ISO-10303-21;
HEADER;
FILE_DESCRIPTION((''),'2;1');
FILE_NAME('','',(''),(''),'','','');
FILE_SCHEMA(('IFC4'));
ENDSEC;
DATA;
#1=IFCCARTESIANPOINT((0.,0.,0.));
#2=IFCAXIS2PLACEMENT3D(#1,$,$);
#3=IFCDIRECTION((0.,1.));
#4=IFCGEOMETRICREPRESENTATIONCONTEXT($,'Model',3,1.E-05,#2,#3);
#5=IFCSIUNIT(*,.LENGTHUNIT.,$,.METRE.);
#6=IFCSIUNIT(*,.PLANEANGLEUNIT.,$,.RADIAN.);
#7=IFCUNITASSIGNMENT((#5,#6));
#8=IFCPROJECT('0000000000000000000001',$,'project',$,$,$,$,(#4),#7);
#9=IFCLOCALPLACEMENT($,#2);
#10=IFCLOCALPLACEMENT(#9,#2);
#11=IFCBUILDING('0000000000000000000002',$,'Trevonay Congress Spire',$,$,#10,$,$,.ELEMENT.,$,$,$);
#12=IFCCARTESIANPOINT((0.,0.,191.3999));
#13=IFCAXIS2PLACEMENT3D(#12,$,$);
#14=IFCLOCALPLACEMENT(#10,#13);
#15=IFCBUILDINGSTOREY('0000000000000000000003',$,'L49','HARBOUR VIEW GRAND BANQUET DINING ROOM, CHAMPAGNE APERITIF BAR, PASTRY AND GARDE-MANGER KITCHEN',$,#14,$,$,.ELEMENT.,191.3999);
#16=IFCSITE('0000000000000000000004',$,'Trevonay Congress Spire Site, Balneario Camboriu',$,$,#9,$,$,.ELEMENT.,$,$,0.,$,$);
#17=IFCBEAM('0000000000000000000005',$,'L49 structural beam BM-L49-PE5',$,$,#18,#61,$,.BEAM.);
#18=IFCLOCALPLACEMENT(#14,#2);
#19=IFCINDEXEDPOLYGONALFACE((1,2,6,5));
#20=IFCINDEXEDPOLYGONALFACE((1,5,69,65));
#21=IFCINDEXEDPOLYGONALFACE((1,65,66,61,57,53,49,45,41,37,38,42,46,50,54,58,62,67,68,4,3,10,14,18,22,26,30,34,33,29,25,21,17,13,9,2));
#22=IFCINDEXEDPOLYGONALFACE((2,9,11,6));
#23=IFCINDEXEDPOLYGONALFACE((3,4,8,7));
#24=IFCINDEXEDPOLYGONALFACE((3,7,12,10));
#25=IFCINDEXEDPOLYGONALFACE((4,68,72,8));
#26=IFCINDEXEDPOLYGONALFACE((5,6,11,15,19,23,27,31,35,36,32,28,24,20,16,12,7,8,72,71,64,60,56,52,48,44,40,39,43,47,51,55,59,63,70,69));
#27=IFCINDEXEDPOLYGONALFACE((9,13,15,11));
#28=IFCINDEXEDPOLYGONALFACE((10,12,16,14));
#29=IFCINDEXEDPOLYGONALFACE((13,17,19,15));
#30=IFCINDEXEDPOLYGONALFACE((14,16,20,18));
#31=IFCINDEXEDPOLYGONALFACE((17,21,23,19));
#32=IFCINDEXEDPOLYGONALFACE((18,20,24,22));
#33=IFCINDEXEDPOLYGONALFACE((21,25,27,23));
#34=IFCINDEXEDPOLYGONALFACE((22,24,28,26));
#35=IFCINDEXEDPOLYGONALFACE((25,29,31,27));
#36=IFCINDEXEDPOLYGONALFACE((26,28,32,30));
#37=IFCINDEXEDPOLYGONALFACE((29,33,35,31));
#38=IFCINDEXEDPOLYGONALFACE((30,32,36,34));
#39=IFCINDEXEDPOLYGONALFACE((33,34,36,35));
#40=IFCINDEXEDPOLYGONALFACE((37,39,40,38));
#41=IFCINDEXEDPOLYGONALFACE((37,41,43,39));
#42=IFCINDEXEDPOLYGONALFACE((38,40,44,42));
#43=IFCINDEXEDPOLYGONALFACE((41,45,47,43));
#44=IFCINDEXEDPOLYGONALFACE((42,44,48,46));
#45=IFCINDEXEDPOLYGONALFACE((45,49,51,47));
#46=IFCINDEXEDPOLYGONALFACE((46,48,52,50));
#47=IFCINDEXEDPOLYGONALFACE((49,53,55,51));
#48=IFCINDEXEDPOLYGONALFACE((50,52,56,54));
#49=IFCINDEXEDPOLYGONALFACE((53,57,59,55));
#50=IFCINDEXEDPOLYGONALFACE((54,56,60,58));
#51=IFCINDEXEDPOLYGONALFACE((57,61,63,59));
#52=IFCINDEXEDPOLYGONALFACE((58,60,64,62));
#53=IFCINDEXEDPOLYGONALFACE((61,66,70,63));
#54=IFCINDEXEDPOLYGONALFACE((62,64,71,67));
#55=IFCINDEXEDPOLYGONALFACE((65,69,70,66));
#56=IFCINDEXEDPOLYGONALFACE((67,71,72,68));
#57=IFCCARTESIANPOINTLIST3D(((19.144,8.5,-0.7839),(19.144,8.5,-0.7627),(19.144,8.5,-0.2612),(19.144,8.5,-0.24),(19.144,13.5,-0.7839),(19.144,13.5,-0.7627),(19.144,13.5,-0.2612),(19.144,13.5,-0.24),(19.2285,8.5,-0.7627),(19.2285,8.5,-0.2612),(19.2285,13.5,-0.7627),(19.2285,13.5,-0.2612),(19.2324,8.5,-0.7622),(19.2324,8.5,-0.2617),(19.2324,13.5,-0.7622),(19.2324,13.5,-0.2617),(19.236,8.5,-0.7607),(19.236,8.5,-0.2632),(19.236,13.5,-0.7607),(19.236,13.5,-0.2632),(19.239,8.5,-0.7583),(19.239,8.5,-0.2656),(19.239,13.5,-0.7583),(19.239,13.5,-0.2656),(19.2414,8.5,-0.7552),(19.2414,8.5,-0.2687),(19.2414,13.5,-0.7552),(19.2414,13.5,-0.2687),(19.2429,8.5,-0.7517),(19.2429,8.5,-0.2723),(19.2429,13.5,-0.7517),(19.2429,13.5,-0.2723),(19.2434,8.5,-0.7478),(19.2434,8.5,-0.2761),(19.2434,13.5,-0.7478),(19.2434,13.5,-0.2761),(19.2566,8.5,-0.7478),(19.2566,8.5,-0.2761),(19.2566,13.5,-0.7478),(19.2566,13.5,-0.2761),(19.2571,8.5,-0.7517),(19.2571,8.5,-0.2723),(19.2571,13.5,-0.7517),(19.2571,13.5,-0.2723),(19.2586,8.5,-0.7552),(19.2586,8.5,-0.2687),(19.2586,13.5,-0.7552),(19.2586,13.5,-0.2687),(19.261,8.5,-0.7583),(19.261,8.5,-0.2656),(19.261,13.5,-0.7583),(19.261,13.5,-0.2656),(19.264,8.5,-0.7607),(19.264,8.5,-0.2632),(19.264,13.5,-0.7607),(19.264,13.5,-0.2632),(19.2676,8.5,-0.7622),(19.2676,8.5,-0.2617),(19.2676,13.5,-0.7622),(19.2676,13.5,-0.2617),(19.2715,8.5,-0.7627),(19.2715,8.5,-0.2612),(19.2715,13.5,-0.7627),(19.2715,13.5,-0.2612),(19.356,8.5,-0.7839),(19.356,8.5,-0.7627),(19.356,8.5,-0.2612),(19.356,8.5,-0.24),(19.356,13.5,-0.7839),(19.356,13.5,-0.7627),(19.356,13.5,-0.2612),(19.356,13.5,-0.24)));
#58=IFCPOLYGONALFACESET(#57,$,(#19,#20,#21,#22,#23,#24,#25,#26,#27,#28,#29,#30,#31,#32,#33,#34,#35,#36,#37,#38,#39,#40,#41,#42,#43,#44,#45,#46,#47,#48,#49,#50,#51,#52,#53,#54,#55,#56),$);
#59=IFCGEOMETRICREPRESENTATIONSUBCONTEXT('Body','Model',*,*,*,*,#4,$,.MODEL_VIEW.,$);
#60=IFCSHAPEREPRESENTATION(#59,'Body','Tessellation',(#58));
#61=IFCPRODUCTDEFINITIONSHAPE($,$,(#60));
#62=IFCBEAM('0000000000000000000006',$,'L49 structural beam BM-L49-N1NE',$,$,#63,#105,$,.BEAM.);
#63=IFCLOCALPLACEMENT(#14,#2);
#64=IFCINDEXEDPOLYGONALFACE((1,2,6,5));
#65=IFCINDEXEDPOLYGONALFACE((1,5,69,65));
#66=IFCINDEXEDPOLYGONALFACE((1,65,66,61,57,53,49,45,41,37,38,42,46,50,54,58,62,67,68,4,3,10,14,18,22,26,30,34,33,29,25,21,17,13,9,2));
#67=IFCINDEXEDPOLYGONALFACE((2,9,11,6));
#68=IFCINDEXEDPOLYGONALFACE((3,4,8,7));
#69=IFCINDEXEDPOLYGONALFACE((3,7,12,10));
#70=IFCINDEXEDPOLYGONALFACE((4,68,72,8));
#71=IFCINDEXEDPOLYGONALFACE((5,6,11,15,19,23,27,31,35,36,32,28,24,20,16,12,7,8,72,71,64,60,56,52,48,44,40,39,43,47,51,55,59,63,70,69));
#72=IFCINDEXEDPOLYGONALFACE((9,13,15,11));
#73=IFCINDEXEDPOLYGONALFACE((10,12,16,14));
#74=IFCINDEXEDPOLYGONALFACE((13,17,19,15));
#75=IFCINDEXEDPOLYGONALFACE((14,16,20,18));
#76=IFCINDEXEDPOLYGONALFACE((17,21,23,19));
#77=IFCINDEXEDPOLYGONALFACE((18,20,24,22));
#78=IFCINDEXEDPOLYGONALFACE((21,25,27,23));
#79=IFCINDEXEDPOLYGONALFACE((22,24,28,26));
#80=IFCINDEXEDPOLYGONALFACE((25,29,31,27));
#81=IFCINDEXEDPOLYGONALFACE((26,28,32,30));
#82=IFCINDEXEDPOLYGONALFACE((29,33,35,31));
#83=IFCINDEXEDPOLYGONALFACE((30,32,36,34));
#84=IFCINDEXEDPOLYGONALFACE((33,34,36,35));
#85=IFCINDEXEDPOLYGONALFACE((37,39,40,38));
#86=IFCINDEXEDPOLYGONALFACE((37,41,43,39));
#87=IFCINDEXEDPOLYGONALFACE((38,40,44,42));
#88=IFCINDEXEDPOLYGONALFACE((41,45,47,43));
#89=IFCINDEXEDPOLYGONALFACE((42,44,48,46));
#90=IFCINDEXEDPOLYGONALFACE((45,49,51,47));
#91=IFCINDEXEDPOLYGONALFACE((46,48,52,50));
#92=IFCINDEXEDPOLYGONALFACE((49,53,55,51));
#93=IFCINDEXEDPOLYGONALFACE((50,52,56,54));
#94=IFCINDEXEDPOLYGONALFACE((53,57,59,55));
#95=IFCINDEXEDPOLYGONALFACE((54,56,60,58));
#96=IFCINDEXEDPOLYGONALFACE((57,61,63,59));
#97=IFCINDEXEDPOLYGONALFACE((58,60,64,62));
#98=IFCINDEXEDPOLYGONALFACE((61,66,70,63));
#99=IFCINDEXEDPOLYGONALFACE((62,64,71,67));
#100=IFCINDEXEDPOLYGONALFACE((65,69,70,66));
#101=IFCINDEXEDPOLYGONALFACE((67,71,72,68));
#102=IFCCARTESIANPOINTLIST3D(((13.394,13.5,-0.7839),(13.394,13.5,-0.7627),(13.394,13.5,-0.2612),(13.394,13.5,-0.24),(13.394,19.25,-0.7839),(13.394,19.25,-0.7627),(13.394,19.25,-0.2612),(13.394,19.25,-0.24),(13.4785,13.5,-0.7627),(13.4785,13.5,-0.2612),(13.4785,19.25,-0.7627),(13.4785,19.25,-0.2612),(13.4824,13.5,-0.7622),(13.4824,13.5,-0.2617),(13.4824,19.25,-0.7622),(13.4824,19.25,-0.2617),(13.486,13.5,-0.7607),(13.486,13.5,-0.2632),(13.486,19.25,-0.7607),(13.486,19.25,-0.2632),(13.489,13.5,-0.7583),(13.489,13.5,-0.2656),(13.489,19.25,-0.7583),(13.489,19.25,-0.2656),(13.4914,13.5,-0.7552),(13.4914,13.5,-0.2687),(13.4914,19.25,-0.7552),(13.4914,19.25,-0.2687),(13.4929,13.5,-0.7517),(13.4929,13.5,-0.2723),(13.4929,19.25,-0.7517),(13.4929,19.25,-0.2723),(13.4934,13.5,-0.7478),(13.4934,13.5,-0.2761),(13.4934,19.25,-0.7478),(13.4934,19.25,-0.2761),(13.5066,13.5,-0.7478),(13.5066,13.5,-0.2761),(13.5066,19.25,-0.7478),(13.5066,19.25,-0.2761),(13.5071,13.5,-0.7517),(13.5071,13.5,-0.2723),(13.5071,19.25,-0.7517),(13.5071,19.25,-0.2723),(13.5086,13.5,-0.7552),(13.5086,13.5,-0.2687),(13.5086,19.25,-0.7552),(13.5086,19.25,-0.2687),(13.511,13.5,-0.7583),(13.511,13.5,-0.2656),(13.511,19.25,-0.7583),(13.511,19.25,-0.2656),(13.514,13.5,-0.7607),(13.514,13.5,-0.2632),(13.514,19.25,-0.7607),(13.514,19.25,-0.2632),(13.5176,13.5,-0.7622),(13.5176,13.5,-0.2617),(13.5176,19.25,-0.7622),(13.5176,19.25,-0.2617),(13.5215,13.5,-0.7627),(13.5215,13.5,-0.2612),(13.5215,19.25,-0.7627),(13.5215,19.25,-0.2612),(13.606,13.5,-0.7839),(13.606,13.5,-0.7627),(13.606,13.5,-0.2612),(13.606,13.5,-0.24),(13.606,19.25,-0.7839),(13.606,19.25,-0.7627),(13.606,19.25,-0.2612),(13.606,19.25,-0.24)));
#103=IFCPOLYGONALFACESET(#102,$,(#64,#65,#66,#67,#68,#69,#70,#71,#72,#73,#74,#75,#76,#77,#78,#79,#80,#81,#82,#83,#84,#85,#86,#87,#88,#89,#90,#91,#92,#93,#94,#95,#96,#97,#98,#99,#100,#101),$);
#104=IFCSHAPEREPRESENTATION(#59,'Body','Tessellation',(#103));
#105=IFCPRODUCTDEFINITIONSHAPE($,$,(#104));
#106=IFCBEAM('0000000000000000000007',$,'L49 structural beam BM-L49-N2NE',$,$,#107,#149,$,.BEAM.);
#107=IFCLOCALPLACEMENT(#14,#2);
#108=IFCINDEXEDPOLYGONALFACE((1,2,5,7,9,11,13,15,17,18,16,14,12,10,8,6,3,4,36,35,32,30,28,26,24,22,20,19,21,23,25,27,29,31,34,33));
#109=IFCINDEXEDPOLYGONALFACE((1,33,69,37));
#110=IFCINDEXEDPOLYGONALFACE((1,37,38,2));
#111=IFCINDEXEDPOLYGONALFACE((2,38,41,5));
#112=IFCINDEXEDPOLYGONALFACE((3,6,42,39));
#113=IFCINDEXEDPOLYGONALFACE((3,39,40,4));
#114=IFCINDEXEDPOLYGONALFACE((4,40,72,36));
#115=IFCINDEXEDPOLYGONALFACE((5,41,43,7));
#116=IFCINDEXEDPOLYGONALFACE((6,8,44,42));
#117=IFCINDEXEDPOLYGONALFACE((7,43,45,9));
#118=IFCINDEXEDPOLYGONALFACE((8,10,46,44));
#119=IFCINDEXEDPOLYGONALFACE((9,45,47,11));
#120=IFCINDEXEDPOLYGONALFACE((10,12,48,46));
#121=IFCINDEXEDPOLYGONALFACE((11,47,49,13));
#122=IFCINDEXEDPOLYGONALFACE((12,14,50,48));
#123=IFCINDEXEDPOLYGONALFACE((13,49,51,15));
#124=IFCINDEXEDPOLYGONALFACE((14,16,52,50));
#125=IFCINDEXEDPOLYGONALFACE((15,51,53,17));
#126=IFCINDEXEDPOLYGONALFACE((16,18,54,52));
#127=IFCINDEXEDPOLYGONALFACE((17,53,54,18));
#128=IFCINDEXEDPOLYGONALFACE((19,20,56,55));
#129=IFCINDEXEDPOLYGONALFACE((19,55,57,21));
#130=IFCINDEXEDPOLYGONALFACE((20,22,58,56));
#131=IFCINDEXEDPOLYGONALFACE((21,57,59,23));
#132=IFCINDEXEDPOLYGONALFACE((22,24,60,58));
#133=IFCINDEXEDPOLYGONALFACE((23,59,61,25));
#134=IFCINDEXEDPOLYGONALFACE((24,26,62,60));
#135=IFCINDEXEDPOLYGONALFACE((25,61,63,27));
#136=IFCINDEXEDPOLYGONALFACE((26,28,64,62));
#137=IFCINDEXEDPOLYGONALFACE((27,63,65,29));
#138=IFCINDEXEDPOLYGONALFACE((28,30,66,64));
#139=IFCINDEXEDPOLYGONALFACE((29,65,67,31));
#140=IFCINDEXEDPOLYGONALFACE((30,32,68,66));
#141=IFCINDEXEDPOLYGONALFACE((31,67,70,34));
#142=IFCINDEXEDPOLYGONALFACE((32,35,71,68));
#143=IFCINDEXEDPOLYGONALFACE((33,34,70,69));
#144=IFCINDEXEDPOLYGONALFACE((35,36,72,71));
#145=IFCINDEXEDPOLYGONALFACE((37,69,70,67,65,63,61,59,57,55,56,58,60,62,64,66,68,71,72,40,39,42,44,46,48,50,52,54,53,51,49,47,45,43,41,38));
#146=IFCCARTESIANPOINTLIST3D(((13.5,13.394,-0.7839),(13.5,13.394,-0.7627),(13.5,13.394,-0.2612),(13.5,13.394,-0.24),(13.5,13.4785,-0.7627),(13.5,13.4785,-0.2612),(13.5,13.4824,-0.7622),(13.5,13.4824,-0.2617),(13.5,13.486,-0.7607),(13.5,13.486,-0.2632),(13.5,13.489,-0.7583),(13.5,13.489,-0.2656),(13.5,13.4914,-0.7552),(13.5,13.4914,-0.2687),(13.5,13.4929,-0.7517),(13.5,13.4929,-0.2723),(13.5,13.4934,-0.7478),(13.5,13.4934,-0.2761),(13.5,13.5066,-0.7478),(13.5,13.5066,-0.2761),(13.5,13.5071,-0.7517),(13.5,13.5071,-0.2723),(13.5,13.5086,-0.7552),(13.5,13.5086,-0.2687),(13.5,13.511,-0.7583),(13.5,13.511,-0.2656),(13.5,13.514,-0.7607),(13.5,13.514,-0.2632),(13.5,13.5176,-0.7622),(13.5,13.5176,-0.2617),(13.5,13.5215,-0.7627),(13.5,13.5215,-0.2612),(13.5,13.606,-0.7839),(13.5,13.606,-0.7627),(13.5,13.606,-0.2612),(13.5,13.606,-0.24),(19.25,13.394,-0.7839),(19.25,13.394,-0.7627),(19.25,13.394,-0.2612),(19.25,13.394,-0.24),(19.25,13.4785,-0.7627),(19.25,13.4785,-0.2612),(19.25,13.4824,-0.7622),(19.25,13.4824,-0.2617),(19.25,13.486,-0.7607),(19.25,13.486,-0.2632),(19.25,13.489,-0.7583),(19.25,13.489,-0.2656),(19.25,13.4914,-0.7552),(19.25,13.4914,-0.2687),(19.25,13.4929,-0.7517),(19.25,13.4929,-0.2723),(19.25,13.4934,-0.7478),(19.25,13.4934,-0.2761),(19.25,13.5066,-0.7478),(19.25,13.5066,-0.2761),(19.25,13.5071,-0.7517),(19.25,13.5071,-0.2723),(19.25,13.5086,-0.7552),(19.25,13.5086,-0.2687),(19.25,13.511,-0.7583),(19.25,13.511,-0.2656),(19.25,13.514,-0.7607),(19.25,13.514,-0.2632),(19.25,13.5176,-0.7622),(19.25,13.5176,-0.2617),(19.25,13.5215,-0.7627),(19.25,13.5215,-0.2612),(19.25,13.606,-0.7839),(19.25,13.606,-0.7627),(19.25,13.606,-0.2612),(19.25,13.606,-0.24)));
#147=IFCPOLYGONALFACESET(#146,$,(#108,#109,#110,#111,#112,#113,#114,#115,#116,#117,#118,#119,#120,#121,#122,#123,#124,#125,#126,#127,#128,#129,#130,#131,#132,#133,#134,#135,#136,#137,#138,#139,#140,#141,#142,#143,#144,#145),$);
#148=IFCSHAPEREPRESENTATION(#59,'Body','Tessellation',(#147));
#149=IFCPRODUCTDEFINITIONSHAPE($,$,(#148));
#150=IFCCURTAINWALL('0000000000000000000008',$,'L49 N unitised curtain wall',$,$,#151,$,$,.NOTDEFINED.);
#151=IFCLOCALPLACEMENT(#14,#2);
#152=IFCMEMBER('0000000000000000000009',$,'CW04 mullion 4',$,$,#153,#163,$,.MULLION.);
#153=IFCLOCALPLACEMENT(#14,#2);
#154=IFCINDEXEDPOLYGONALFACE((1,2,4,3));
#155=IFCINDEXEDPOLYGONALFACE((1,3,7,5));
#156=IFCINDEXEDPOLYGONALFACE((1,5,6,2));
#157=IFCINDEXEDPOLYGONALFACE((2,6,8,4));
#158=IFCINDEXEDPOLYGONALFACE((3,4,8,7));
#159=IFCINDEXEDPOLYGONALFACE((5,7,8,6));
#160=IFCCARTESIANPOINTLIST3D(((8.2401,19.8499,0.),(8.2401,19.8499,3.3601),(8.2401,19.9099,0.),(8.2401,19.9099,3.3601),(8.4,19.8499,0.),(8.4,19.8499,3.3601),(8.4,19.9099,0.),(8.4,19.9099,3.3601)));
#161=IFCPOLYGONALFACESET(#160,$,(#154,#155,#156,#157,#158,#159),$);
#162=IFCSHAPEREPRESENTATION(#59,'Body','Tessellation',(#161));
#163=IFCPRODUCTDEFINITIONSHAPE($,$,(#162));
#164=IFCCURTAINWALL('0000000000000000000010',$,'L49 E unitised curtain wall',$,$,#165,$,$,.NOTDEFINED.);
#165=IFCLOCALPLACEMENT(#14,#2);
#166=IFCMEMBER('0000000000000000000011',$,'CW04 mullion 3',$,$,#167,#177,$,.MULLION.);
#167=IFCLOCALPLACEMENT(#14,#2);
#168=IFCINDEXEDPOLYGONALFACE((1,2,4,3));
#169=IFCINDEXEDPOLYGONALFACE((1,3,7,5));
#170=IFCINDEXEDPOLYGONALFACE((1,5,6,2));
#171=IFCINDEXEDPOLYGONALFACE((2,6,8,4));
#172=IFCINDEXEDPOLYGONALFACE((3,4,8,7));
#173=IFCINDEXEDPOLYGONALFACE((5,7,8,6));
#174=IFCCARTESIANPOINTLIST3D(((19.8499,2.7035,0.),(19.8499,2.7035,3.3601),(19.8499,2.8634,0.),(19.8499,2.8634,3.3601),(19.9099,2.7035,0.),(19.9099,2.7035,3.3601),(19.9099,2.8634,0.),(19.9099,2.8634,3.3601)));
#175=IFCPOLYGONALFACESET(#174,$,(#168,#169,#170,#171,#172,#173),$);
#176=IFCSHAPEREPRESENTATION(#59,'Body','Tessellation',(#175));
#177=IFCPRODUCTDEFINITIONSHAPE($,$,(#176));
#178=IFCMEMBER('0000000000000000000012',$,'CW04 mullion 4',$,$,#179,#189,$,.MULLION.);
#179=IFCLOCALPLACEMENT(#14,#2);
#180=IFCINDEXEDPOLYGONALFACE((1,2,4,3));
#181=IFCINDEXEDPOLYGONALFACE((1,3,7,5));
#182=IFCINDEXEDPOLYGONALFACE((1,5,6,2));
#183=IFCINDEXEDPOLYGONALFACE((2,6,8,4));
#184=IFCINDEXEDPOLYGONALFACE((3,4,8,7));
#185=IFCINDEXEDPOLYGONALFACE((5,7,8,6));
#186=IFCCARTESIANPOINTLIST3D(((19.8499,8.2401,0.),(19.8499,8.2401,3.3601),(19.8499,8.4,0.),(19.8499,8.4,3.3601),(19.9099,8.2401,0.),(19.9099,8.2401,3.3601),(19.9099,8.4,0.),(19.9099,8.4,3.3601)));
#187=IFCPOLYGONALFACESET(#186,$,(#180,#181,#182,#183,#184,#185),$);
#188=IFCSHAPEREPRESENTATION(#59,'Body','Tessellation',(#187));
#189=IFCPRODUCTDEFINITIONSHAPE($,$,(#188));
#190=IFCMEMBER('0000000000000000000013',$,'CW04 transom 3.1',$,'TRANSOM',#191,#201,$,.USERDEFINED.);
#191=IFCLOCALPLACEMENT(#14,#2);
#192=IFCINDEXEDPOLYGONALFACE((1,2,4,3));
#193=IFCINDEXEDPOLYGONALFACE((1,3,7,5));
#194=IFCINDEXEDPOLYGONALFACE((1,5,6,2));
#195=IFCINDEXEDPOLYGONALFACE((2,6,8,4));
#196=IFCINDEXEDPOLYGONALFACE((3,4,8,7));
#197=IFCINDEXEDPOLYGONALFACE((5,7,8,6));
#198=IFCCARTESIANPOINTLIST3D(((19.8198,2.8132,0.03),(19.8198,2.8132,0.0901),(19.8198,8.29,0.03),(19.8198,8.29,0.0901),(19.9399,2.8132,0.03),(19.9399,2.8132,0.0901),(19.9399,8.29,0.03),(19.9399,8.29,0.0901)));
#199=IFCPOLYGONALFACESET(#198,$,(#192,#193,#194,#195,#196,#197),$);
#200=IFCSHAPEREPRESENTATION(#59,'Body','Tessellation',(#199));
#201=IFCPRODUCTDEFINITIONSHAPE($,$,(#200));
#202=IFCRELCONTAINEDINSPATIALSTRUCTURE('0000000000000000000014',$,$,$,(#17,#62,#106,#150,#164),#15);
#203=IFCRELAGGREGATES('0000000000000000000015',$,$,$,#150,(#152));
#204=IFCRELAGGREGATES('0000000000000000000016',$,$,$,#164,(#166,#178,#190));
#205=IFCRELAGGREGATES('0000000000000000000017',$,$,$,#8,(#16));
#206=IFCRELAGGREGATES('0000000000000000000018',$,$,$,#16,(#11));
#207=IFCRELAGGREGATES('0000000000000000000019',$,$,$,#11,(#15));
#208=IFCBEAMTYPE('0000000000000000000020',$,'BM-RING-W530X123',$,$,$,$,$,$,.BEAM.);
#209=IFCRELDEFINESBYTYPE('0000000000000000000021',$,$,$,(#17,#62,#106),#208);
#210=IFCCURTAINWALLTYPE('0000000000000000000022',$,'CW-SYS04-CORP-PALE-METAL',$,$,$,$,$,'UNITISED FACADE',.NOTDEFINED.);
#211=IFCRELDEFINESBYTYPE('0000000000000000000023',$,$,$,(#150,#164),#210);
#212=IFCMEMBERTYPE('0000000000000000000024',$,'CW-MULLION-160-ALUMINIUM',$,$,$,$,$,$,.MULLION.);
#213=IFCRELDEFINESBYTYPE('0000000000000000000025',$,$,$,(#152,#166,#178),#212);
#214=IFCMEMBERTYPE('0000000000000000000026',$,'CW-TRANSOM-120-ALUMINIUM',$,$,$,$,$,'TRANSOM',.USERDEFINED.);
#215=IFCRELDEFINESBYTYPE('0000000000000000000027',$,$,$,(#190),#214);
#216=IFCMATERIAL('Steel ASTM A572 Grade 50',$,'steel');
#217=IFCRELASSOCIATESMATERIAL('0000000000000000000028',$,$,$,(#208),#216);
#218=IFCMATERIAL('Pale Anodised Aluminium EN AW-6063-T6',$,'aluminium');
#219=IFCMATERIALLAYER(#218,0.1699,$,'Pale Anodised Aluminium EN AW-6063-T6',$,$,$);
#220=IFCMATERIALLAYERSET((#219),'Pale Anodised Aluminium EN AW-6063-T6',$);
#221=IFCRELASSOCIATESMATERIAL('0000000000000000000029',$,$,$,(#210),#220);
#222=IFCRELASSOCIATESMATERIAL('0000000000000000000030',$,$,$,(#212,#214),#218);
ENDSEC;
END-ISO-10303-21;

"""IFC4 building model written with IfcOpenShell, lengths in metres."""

from ifc_helpers import new_model, si_unit, direction, frame, origin, origin_2d, place, context, subcontext, project, spatial, rectangle, i_section, extrude, material, layer, layer_set, material_profile, profile_set, type_object, element, aggregate, save


model = new_model("IFC4")

# Units and contexts
model_context = context("Model", 3, precision=1e-05, world=origin(), true_north=direction((0.0, 1.0)))
body_context = subcontext(model_context, "Body", "Model", "MODEL_VIEW")
ifc_project = project(units=[si_unit("LENGTHUNIT", "METRE"), si_unit("PLANEANGLEUNIT", "RADIAN")], contexts=[model_context])

# Site, building, storey
site_placement = place(None, origin())
site = spatial("IfcSite", under=ifc_project, at=site_placement, Name="Trevonay Congress Spire Site, Balneario Camboriu", CompositionType="ELEMENT", RefElevation=0.0)
building_placement = place(site_placement, origin())
building = spatial("IfcBuilding", under=site, at=building_placement, Name="Trevonay Congress Spire", CompositionType="ELEMENT")
storey_placement = place(building_placement, frame((0.0, 0.0, 191.3999)))
storey = spatial("IfcBuildingStorey", under=building, at=storey_placement, Name="L49", Description="HARBOUR VIEW GRAND BANQUET DINING ROOM, CHAMPAGNE APERITIF BAR, PASTRY AND GARDE-MANGER KITCHEN", CompositionType="ELEMENT", Elevation=191.3999)

# Shared definitions
ifc_material_1 = material(Name="Steel ASTM A572 Grade 50", Category="steel")

# Beams
ifc_material_profile_1 = material_profile(ifc_material_1, i_section(OverallWidth=0.2119, OverallDepth=0.5439, WebThickness=0.0132, FlangeThickness=0.0212, FilletRadius=0.0149, at=origin_2d()), Name="W530x123")
ifc_profile_set_1 = profile_set([ifc_material_profile_1], Name="Steel ASTM A572 Grade 50")
beam_type_1 = type_object("IfcBeamType", Name="BM-RING-W530X123", PredefinedType="BEAM", material=ifc_profile_set_1)
for number, where, z_axis, x_axis, name in (
    (1, (19.25, 8.5, -0.512), (0.0, 1.0, 0.0), (-1.0, 0.0, 0.0), "L49 structural beam BM-L49-PE5"),
):
    element("IfcBeam", number, at=place(storey_placement, frame(where, z_axis=z_axis, x_axis=x_axis)), inside=storey, type_object=beam_type_1, Name=name, PredefinedType="BEAM", context=body_context, shape_type="SweptSolid", body=[
        extrude(i_section(OverallWidth=0.2119, OverallDepth=0.5439, WebThickness=0.0132, FlangeThickness=0.0212, FilletRadius=0.0149, at=origin_2d()), origin(), (0.0, 0.0, 1.0), 5.0),
    ])
for number, where, z_axis, x_axis, name in (
    (2, (13.5, 19.25, -0.512), (0.0, -1.0, 0.0), (1.0, 0.0, 0.0), "L49 structural beam BM-L49-N1NE"),
    (3, (19.25, 13.5, -0.512), (-1.0, 0.0, 0.0), (0.0, -1.0, 0.0), "L49 structural beam BM-L49-N2NE"),
):
    element("IfcBeam", number, at=place(storey_placement, frame(where, z_axis=z_axis, x_axis=x_axis)), inside=storey, type_object=beam_type_1, Name=name, PredefinedType="BEAM", context=body_context, shape_type="SweptSolid", body=[
        extrude(i_section(OverallWidth=0.2119, OverallDepth=0.5439, WebThickness=0.0132, FlangeThickness=0.0212, FilletRadius=0.0149, at=origin_2d()), origin(), (0.0, 0.0, 1.0), 5.75),
    ])

# Curtain wall, member
ifc_material_2 = material(Name="Pale Anodised Aluminium EN AW-6063-T6", Category="aluminium")
ifc_layer_1 = layer(ifc_material_2, 0.1699, Name="Pale Anodised Aluminium EN AW-6063-T6")
ifc_layer_set_1 = layer_set([ifc_layer_1], Name="Pale Anodised Aluminium EN AW-6063-T6")
curtain_wall_type = type_object("IfcCurtainWallType", Name="CW-SYS04-CORP-PALE-METAL", ElementType="UNITISED FACADE", PredefinedType="NOTDEFINED", material=ifc_layer_set_1)
curtain_wall_1_placement = place(storey_placement, origin())
curtain_wall_1 = element("IfcCurtainWall", 4, at=curtain_wall_1_placement, inside=storey, type_object=curtain_wall_type, Name="L49 N unitised curtain wall", PredefinedType="NOTDEFINED")
ifc_material_profile_2 = material_profile(ifc_material_2, rectangle(XDim=0.0601, YDim=0.1599, at=origin_2d()), Name="CW-MULLION-160-ALUMINIUM")
ifc_profile_set_2 = profile_set([ifc_material_profile_2], Name="Pale Anodised Aluminium EN AW-6063-T6")
member_type_1 = type_object("IfcMemberType", Name="CW-MULLION-160-ALUMINIUM", PredefinedType="MULLION", material=ifc_profile_set_2)
member_1_placement = place(storey_placement, frame((8.3201, 19.8799, 0.0), z_axis=(0.0, 0.0, 1.0), x_axis=(0.0, 1.0, 0.0)))
member_1 = element("IfcMember", 5, at=member_1_placement, type_object=member_type_1, Name="CW04 mullion 4", PredefinedType="MULLION", context=body_context, shape_type="SweptSolid", body=[
    extrude(rectangle(XDim=0.0601, YDim=0.1599, at=origin_2d()), origin(), (0.0, 0.0, 1.0), 3.3601),
])

# Curtain wall, members
curtain_wall_2_placement = place(storey_placement, origin())
curtain_wall_2 = element("IfcCurtainWall", 6, at=curtain_wall_2_placement, inside=storey, type_object=curtain_wall_type, Name="L49 E unitised curtain wall", PredefinedType="NOTDEFINED")
member_2_placement = place(storey_placement, frame((19.8799, 2.7834, 0.0), z_axis=(0.0, 0.0, 1.0), x_axis=(-1.0, 0.0, 0.0)))
member_2 = element("IfcMember", 7, at=member_2_placement, type_object=member_type_1, Name="CW04 mullion 3", PredefinedType="MULLION", context=body_context, shape_type="SweptSolid", body=[
    extrude(rectangle(XDim=0.0601, YDim=0.1599, at=origin_2d()), origin(), (0.0, 0.0, 1.0), 3.3601),
])
member_3_placement = place(storey_placement, frame((19.8799, 8.3201, 0.0), z_axis=(0.0, 0.0, 1.0), x_axis=(-1.0, 0.0, 0.0)))
member_3 = element("IfcMember", 8, at=member_3_placement, type_object=member_type_1, Name="CW04 mullion 4", PredefinedType="MULLION", context=body_context, shape_type="SweptSolid", body=[
    extrude(rectangle(XDim=0.0601, YDim=0.1599, at=origin_2d()), origin(), (0.0, 0.0, 1.0), 3.3601),
])
ifc_material_profile_3 = material_profile(ifc_material_2, rectangle(XDim=0.1201, YDim=0.0601, at=origin_2d()), Name="CW-TRANSOM-120-ALUMINIUM")
ifc_profile_set_3 = profile_set([ifc_material_profile_3], Name="Pale Anodised Aluminium EN AW-6063-T6")
member_type_2 = type_object("IfcMemberType", Name="CW-TRANSOM-120-ALUMINIUM", ElementType="TRANSOM", PredefinedType="USERDEFINED", material=ifc_profile_set_3)
member_4_placement = place(storey_placement, frame((19.8799, 2.8132, 0.0601), z_axis=(0.0, 1.0, 0.0), x_axis=(-1.0, 0.0, 0.0)))
member_4 = element("IfcMember", 9, at=member_4_placement, type_object=member_type_2, Name="CW04 transom 3.1", ObjectType="TRANSOM", PredefinedType="USERDEFINED", context=body_context, shape_type="SweptSolid", body=[
    extrude(rectangle(XDim=0.1201, YDim=0.0601, at=origin_2d()), origin(), (0.0, 0.0, 1.0), 5.4768),
])

aggregate(curtain_wall_1, [member_1])
aggregate(curtain_wall_2, [member_2, member_3, member_4])

save(model, "model.ifc")
